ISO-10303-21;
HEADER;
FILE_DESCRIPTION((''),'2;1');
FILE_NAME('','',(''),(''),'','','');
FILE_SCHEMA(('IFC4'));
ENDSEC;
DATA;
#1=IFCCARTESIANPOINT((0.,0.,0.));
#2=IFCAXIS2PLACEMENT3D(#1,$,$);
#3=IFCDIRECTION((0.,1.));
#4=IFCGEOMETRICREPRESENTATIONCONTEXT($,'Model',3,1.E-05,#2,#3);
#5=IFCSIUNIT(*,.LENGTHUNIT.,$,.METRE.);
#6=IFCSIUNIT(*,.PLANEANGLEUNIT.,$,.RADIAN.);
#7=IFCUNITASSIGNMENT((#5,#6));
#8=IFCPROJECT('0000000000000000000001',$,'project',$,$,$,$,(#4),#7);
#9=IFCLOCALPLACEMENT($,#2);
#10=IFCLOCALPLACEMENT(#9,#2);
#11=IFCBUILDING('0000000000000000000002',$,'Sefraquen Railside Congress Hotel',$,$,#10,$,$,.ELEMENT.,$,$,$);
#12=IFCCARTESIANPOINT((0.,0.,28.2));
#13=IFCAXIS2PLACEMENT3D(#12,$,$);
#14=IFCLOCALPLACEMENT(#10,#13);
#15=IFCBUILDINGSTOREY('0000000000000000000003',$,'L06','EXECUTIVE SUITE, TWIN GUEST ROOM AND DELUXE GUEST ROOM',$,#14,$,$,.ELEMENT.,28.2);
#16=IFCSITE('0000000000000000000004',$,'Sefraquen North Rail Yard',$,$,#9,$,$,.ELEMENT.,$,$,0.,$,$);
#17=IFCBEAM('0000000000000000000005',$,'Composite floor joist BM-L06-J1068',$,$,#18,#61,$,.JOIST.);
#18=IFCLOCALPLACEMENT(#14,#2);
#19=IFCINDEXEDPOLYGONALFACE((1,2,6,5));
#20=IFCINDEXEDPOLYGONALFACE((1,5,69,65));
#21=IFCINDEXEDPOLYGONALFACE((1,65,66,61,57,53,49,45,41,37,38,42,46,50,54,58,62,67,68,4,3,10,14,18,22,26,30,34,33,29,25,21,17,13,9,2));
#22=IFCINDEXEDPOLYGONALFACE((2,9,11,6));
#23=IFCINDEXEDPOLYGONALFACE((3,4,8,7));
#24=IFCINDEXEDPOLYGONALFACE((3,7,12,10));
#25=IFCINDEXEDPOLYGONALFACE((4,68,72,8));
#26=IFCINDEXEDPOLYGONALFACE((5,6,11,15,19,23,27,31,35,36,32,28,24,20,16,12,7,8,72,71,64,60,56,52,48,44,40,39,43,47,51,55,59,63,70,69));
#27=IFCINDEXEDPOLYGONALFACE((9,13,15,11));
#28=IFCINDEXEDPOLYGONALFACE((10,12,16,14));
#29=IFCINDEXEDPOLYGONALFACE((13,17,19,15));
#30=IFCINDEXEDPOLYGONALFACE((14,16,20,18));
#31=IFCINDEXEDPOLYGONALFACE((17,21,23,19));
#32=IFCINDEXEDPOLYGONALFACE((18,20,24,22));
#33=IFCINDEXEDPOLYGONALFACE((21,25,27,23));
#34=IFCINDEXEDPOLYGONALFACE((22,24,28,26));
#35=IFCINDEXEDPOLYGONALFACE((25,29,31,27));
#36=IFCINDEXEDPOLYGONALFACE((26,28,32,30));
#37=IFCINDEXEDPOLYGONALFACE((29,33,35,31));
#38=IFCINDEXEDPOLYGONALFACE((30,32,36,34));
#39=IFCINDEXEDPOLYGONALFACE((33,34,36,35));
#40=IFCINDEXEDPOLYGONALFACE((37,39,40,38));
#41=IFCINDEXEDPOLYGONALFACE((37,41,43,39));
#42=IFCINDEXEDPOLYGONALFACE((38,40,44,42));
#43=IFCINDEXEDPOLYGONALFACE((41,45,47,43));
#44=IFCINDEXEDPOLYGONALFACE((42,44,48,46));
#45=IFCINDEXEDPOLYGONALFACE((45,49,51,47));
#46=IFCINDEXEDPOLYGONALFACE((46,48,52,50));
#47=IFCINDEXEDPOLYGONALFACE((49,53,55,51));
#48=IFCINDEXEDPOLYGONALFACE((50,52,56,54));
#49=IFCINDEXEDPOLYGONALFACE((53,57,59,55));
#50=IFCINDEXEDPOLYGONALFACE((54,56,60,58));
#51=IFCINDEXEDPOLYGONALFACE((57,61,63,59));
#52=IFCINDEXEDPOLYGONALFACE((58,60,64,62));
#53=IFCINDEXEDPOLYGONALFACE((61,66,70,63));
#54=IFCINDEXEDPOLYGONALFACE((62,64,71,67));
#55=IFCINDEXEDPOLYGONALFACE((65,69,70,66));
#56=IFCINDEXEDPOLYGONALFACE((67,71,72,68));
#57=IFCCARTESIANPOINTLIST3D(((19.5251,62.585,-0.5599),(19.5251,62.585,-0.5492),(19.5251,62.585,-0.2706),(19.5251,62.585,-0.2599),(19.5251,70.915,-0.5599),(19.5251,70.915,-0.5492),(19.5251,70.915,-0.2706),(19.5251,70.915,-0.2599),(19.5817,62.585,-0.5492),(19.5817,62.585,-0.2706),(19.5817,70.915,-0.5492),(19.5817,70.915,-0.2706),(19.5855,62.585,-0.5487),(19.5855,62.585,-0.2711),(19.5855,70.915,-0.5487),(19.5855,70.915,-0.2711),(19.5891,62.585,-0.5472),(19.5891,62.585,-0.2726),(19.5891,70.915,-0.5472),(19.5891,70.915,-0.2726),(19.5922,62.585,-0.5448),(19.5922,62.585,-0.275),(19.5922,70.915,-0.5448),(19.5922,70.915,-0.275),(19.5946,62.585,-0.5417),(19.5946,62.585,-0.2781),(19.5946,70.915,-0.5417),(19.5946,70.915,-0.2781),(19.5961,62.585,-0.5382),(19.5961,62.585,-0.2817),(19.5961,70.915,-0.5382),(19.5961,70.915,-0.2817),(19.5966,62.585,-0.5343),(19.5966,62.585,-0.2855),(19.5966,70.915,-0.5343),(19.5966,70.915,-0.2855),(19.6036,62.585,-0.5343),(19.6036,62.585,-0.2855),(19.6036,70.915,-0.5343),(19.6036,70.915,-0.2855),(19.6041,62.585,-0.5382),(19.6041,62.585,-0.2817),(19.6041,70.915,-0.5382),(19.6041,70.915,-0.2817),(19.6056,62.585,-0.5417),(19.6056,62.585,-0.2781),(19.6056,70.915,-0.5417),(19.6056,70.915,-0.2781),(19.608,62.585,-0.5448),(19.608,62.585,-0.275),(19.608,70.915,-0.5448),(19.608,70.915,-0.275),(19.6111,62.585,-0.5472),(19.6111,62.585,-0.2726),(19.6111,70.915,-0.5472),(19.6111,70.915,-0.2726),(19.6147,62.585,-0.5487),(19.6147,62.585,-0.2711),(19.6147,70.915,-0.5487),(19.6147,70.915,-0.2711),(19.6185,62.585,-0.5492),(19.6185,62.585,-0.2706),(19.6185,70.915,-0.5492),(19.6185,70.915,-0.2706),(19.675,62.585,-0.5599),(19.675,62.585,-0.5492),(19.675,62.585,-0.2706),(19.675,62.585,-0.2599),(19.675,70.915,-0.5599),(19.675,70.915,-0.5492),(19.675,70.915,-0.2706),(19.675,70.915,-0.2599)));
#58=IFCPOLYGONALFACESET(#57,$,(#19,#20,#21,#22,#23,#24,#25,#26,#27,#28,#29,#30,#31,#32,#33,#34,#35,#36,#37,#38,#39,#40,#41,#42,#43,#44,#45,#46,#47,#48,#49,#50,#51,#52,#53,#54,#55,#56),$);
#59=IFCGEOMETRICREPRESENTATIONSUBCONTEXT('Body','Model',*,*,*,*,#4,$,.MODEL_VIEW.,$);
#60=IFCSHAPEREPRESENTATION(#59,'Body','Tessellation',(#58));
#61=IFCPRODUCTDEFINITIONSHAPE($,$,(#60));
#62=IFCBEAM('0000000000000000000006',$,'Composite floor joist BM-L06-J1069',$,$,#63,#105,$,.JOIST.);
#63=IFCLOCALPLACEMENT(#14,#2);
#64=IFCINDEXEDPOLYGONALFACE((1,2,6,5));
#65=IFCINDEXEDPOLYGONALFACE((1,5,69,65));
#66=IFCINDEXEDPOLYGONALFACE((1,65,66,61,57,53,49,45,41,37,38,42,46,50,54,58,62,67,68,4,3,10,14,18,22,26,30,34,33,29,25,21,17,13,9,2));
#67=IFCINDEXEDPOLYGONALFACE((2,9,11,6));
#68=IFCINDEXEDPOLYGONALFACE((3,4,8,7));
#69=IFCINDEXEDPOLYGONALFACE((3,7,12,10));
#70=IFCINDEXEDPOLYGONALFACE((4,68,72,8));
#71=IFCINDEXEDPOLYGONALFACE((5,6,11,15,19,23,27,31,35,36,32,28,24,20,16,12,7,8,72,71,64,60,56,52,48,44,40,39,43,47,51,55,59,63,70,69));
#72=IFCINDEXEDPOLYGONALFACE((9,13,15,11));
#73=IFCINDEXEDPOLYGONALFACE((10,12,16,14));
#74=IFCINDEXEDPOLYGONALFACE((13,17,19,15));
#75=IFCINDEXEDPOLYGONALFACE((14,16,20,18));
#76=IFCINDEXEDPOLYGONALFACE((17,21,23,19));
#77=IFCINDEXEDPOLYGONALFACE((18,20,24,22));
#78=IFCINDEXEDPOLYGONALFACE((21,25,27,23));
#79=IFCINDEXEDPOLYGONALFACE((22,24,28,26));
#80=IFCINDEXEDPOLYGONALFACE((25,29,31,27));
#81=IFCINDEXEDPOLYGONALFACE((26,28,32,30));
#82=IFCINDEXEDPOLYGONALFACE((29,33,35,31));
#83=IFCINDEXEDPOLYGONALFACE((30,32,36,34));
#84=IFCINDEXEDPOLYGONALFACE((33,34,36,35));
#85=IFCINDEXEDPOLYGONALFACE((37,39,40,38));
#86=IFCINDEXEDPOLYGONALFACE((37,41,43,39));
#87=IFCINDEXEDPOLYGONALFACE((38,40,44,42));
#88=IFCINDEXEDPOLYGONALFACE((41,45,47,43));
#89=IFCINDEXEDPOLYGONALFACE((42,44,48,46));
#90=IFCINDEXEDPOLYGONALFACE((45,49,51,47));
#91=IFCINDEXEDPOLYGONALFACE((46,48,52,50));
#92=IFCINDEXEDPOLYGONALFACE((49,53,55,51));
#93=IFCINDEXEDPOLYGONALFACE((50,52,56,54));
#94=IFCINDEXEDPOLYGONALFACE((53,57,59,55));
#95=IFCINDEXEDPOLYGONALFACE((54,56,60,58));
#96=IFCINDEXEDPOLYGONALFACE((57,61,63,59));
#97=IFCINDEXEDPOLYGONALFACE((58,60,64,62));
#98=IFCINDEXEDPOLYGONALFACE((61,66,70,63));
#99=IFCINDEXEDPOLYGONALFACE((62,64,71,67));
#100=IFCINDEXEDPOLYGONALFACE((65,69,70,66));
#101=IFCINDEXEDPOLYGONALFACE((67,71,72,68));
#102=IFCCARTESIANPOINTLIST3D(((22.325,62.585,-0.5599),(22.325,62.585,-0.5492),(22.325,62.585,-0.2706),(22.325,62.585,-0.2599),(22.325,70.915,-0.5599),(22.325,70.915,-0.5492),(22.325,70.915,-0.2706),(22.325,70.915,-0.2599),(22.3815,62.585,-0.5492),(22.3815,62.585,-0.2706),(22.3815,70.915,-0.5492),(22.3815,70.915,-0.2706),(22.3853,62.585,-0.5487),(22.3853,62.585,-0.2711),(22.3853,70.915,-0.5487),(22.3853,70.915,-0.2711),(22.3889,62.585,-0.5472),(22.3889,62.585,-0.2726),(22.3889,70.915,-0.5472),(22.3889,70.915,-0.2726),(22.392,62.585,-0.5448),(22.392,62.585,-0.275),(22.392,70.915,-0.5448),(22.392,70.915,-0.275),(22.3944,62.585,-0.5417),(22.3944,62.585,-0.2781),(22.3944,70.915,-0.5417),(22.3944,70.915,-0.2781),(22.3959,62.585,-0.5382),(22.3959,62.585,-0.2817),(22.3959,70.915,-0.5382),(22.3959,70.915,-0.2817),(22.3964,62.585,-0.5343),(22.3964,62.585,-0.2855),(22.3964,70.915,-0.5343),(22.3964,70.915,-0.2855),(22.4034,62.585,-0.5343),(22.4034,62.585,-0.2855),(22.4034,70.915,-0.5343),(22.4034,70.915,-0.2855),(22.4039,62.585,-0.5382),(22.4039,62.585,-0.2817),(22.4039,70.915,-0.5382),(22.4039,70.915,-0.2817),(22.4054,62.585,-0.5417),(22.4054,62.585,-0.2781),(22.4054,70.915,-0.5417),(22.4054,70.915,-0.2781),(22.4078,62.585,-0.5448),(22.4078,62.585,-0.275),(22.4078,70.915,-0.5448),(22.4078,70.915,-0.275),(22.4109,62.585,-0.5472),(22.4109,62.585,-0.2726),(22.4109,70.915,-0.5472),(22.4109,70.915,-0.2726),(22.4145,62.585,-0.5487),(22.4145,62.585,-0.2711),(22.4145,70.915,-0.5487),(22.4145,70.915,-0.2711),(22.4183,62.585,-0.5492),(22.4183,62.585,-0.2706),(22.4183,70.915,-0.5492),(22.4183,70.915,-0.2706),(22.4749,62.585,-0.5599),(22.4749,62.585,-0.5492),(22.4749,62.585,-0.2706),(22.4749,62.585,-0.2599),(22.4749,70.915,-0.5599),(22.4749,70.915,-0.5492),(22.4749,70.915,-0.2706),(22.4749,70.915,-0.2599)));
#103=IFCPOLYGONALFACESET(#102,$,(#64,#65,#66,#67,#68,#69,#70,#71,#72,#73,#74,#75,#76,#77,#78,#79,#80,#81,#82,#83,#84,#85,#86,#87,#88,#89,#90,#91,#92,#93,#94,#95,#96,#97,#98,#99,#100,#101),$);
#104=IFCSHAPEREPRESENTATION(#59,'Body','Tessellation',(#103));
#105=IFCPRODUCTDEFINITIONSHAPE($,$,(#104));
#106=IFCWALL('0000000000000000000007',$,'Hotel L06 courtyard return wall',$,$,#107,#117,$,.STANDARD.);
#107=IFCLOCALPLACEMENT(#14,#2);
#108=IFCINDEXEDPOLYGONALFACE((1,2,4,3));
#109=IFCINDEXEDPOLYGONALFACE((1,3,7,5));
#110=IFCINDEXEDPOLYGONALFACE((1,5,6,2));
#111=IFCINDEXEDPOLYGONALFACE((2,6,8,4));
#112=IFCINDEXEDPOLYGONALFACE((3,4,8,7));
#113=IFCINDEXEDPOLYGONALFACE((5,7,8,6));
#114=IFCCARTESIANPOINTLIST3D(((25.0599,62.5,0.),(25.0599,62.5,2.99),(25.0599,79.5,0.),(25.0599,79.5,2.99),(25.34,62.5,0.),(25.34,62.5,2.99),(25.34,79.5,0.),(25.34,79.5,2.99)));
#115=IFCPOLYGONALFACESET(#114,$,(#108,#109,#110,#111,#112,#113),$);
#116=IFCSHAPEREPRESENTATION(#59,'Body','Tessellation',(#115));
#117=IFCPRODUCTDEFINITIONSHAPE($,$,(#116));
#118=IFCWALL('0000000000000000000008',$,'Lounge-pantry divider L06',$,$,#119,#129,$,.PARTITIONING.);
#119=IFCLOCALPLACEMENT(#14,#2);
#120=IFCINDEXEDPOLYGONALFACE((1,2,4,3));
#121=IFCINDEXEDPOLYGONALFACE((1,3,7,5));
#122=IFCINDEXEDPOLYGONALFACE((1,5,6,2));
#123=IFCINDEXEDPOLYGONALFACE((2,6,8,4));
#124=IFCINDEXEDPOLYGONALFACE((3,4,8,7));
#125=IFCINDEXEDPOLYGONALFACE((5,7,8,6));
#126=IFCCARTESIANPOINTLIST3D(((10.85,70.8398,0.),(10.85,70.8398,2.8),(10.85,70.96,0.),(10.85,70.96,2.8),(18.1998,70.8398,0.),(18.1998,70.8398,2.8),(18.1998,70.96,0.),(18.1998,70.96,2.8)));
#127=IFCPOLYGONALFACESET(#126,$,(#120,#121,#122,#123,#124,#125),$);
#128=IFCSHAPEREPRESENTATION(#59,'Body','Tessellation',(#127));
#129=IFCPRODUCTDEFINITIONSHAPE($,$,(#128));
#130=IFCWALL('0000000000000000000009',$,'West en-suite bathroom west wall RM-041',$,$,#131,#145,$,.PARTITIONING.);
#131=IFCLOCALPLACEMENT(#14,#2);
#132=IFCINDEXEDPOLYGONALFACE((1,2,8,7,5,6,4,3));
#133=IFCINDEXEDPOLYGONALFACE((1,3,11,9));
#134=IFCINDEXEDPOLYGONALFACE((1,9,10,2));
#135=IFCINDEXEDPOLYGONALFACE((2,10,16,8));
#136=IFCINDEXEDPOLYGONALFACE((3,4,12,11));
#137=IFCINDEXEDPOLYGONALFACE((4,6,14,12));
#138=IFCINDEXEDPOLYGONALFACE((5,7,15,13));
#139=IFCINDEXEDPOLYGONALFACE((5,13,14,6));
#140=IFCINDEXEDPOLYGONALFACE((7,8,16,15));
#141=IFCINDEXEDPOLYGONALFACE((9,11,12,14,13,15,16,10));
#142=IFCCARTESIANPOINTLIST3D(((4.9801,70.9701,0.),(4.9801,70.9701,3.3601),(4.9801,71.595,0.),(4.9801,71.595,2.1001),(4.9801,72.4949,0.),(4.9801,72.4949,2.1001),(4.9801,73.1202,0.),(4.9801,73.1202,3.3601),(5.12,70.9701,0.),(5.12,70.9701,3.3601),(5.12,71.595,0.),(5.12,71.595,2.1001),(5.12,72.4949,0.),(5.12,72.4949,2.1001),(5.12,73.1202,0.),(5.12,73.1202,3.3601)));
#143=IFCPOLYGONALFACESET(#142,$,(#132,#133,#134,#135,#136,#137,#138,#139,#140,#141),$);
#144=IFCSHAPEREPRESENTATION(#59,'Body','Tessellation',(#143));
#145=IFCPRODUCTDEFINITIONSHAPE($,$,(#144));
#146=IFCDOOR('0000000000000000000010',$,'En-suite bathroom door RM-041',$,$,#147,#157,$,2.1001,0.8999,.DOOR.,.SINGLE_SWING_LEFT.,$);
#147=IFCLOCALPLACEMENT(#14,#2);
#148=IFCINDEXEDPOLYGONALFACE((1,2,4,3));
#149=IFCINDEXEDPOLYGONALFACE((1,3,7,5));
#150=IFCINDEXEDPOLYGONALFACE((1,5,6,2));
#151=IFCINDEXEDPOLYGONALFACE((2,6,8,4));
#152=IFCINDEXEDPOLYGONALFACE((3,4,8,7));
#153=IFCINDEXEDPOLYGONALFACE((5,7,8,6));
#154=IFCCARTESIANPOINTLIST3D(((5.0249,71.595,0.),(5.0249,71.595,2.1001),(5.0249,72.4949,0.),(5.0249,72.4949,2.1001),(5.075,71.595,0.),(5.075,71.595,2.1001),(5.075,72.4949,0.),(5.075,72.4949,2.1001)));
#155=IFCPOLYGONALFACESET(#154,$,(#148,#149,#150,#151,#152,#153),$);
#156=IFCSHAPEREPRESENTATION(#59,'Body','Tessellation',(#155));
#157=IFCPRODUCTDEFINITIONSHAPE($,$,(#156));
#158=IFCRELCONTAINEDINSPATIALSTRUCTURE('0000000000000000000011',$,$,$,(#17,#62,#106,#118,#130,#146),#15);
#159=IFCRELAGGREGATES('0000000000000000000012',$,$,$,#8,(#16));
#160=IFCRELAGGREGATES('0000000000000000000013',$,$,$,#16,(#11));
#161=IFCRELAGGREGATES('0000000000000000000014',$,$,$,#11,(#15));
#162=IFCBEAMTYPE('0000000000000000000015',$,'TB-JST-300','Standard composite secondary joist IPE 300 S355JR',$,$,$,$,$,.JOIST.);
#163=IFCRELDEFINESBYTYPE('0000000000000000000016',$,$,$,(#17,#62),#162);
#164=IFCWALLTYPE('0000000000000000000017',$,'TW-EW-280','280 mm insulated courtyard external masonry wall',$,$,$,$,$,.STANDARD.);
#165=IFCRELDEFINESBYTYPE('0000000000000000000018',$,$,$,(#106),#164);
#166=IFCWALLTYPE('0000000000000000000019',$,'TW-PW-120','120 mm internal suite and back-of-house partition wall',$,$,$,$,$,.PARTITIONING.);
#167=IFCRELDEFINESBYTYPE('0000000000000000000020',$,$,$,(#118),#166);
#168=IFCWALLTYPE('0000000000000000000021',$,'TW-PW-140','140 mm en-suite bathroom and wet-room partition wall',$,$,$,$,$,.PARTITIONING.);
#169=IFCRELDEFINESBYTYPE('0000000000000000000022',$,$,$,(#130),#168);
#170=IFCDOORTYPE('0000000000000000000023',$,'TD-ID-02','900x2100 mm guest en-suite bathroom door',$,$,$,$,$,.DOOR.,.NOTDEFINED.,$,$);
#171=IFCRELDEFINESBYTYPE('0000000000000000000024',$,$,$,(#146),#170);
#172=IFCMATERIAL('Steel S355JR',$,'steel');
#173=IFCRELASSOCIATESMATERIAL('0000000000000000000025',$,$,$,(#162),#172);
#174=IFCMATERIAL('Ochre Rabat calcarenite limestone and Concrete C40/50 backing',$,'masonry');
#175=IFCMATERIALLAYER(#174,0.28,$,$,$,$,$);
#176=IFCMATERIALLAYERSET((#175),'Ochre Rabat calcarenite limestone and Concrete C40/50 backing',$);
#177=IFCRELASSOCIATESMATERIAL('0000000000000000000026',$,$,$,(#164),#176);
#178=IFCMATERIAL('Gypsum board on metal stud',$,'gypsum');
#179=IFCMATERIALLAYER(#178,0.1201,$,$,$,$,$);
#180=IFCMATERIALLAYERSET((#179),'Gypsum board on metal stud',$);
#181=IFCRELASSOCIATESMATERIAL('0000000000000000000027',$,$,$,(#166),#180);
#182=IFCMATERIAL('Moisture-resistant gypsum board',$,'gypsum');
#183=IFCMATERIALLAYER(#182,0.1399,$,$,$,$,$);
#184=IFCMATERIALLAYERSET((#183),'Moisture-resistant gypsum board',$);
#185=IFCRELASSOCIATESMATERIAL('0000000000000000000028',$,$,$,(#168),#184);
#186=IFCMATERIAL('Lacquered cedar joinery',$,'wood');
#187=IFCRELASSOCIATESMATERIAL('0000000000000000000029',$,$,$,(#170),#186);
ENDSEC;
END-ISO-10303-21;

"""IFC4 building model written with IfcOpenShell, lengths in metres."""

from ifc_helpers import new_model, si_unit, direction, frame, frame_2d, origin, origin_2d, place, context, subcontext, project, spatial, rectangle, i_section, extrude, material, layer, layer_set, material_profile, profile_set, type_object, element, fill, save


model = new_model("IFC4")

# Units and contexts
model_context = context("Model", 3, precision=1e-05, world=origin(), true_north=direction((0.0, 1.0)))
body_context = subcontext(model_context, "Body", "Model", "MODEL_VIEW")
ifc_project = project(units=[si_unit("LENGTHUNIT", "METRE"), si_unit("PLANEANGLEUNIT", "RADIAN")], contexts=[model_context])

# Site, building, storey
site_placement = place(None, origin())
site = spatial("IfcSite", under=ifc_project, at=site_placement, Name="Sefraquen North Rail Yard", CompositionType="ELEMENT", RefElevation=0.0)
building_placement = place(site_placement, origin())
building = spatial("IfcBuilding", under=site, at=building_placement, Name="Sefraquen Railside Congress Hotel", CompositionType="ELEMENT")
storey_placement = place(building_placement, frame((0.0, 0.0, 28.2)))
storey = spatial("IfcBuildingStorey", under=building, at=storey_placement, Name="L06", Description="EXECUTIVE SUITE, TWIN GUEST ROOM AND DELUXE GUEST ROOM", CompositionType="ELEMENT", Elevation=28.2)

# Shared definitions
ifc_material_1 = material(Name="Steel S355JR", Category="steel")

# Beams
ifc_material_profile_1 = material_profile(ifc_material_1, i_section(OverallWidth=0.1499, OverallDepth=0.3, WebThickness=0.0071, FlangeThickness=0.0107, FilletRadius=0.0149, at=origin_2d()), Name="IPE 300")
ifc_profile_set_1 = profile_set([ifc_material_profile_1], Name="Steel S355JR")
beam_type = type_object("IfcBeamType", Name="TB-JST-300", Description="Standard composite secondary joist IPE 300 S355JR", PredefinedType="JOIST", material=ifc_profile_set_1)
for number, where, z_axis, x_axis, name in (
    (1, (19.6001, 62.585, -0.4099), (0.0, 1.0, 0.0), (-1.0, 0.0, 0.0), "Composite floor joist BM-L06-J1068"),
    (2, (22.3999, 62.585, -0.4099), (0.0, 1.0, 0.0), (-1.0, 0.0, 0.0), "Composite floor joist BM-L06-J1069"),
):
    element("IfcBeam", number, at=place(storey_placement, frame(where, z_axis=z_axis, x_axis=x_axis)), inside=storey, type_object=beam_type, Name=name, PredefinedType="JOIST", context=body_context, shape_type="SweptSolid", body=[
        extrude(i_section(OverallWidth=0.1499, OverallDepth=0.3, WebThickness=0.0071, FlangeThickness=0.0107, FilletRadius=0.0149, at=origin_2d()), origin(), (0.0, 0.0, 1.0), 8.3301),
    ])

# Walls
ifc_material_2 = material(Name="Ochre Rabat calcarenite limestone and Concrete C40/50 backing", Category="masonry")
ifc_layer_1 = layer(ifc_material_2, 0.28)
ifc_layer_set_1 = layer_set([ifc_layer_1], Name="Ochre Rabat calcarenite limestone and Concrete C40/50 backing")
wall_type_1 = type_object("IfcWallType", Name="TW-EW-280", Description="280 mm insulated courtyard external masonry wall", PredefinedType="STANDARD", material=ifc_layer_set_1)
wall_1_placement = place(storey_placement, frame((25.2, 62.5, 0.0), z_axis=(0.0, 0.0, 1.0), x_axis=(0.0, 1.0, 0.0)))
element("IfcWall", 3, at=wall_1_placement, inside=storey, type_object=wall_type_1, Name="Hotel L06 courtyard return wall", PredefinedType="STANDARD", context=body_context, shape_type="SweptSolid", body=[
    extrude(rectangle(XDim=17.0, YDim=0.28, at=frame_2d((8.5, 0.0))), origin(), (0.0, 0.0, 1.0), 2.99),
])
ifc_material_3 = material(Name="Gypsum board on metal stud", Category="gypsum")
ifc_layer_2 = layer(ifc_material_3, 0.1201)
ifc_layer_set_2 = layer_set([ifc_layer_2], Name="Gypsum board on metal stud")
wall_type_2 = type_object("IfcWallType", Name="TW-PW-120", Description="120 mm internal suite and back-of-house partition wall", PredefinedType="PARTITIONING", material=ifc_layer_set_2)
wall_2_placement = place(storey_placement, frame((10.8501, 70.8999, 0.0), z_axis=(0.0, 0.0, 1.0), x_axis=(1.0, 0.0, 0.0)))
element("IfcWall", 4, at=wall_2_placement, inside=storey, type_object=wall_type_2, Name="Lounge-pantry divider L06", PredefinedType="PARTITIONING", context=body_context, shape_type="SweptSolid", body=[
    extrude(rectangle(XDim=7.3499, YDim=0.1201, at=frame_2d((3.6748, 0.0))), origin(), (0.0, 0.0, 1.0), 2.8),
])

# Wall, opening, door
ifc_material_4 = material(Name="Moisture-resistant gypsum board", Category="gypsum")
ifc_layer_3 = layer(ifc_material_4, 0.1399)
ifc_layer_set_3 = layer_set([ifc_layer_3], Name="Moisture-resistant gypsum board")
wall_type_3 = type_object("IfcWallType", Name="TW-PW-140", Description="140 mm en-suite bathroom and wet-room partition wall", PredefinedType="PARTITIONING", material=ifc_layer_set_3)
wall_3_placement = place(storey_placement, frame((5.05, 70.97, 0.0), z_axis=(0.0, 0.0, 1.0), x_axis=(0.0, 1.0, 0.0)))
wall_3 = element("IfcWall", 5, at=wall_3_placement, inside=storey, type_object=wall_type_3, Name="West en-suite bathroom west wall RM-041", PredefinedType="PARTITIONING", context=body_context, shape_type="SweptSolid", body=[
    extrude(rectangle(XDim=2.1501, YDim=0.1399, at=frame_2d((1.0752, 0.0))), origin(), (0.0, 0.0, 1.0), 3.3601),
])
opening_1_placement = place(wall_3_placement, frame((0.625, 0.0, 0.0)))
opening_1 = element("IfcOpeningElement", 6, at=opening_1_placement, cuts=wall_3, PredefinedType="OPENING", context=body_context, shape_type="SweptSolid", body=[
    extrude(rectangle(XDim=0.8999, YDim=2.1001, at=frame_2d((0.45, 1.05))), frame((0.0, 0.0798, 0.0), z_axis=(0.0, -1.0, 0.0), x_axis=(1.0, 0.0, 0.0)), (0.0, 0.0, 1.0), 0.1599),
])
ifc_material_5 = material(Name="Lacquered cedar joinery", Category="wood")
door_type_1 = type_object("IfcDoorType", Name="TD-ID-02", Description="900x2100 mm guest en-suite bathroom door", OperationType="NOTDEFINED", PredefinedType="DOOR", material=ifc_material_5)
door_1_placement = place(opening_1_placement, frame((0.8999, 0.0, 0.0), z_axis=(0.0, 0.0, 1.0), x_axis=(-1.0, 0.0, 0.0)))
door_1 = element("IfcDoor", 7, at=door_1_placement, inside=storey, type_object=door_type_1, Name="En-suite bathroom door RM-041", OperationType="SINGLE_SWING_LEFT", OverallHeight=2.1001, OverallWidth=0.8999, PredefinedType="DOOR", context=body_context, shape_type="SweptSolid", body=[
    extrude(rectangle(XDim=0.8999, YDim=2.1001, at=frame_2d((0.45, 1.05))), frame((0.0, 0.0249, 0.0), z_axis=(0.0, -1.0, 0.0), x_axis=(1.0, 0.0, 0.0)), (0.0, 0.0, 1.0), 0.05),
])
fill(opening_1, door_1)

save(model, "model.ifc")
